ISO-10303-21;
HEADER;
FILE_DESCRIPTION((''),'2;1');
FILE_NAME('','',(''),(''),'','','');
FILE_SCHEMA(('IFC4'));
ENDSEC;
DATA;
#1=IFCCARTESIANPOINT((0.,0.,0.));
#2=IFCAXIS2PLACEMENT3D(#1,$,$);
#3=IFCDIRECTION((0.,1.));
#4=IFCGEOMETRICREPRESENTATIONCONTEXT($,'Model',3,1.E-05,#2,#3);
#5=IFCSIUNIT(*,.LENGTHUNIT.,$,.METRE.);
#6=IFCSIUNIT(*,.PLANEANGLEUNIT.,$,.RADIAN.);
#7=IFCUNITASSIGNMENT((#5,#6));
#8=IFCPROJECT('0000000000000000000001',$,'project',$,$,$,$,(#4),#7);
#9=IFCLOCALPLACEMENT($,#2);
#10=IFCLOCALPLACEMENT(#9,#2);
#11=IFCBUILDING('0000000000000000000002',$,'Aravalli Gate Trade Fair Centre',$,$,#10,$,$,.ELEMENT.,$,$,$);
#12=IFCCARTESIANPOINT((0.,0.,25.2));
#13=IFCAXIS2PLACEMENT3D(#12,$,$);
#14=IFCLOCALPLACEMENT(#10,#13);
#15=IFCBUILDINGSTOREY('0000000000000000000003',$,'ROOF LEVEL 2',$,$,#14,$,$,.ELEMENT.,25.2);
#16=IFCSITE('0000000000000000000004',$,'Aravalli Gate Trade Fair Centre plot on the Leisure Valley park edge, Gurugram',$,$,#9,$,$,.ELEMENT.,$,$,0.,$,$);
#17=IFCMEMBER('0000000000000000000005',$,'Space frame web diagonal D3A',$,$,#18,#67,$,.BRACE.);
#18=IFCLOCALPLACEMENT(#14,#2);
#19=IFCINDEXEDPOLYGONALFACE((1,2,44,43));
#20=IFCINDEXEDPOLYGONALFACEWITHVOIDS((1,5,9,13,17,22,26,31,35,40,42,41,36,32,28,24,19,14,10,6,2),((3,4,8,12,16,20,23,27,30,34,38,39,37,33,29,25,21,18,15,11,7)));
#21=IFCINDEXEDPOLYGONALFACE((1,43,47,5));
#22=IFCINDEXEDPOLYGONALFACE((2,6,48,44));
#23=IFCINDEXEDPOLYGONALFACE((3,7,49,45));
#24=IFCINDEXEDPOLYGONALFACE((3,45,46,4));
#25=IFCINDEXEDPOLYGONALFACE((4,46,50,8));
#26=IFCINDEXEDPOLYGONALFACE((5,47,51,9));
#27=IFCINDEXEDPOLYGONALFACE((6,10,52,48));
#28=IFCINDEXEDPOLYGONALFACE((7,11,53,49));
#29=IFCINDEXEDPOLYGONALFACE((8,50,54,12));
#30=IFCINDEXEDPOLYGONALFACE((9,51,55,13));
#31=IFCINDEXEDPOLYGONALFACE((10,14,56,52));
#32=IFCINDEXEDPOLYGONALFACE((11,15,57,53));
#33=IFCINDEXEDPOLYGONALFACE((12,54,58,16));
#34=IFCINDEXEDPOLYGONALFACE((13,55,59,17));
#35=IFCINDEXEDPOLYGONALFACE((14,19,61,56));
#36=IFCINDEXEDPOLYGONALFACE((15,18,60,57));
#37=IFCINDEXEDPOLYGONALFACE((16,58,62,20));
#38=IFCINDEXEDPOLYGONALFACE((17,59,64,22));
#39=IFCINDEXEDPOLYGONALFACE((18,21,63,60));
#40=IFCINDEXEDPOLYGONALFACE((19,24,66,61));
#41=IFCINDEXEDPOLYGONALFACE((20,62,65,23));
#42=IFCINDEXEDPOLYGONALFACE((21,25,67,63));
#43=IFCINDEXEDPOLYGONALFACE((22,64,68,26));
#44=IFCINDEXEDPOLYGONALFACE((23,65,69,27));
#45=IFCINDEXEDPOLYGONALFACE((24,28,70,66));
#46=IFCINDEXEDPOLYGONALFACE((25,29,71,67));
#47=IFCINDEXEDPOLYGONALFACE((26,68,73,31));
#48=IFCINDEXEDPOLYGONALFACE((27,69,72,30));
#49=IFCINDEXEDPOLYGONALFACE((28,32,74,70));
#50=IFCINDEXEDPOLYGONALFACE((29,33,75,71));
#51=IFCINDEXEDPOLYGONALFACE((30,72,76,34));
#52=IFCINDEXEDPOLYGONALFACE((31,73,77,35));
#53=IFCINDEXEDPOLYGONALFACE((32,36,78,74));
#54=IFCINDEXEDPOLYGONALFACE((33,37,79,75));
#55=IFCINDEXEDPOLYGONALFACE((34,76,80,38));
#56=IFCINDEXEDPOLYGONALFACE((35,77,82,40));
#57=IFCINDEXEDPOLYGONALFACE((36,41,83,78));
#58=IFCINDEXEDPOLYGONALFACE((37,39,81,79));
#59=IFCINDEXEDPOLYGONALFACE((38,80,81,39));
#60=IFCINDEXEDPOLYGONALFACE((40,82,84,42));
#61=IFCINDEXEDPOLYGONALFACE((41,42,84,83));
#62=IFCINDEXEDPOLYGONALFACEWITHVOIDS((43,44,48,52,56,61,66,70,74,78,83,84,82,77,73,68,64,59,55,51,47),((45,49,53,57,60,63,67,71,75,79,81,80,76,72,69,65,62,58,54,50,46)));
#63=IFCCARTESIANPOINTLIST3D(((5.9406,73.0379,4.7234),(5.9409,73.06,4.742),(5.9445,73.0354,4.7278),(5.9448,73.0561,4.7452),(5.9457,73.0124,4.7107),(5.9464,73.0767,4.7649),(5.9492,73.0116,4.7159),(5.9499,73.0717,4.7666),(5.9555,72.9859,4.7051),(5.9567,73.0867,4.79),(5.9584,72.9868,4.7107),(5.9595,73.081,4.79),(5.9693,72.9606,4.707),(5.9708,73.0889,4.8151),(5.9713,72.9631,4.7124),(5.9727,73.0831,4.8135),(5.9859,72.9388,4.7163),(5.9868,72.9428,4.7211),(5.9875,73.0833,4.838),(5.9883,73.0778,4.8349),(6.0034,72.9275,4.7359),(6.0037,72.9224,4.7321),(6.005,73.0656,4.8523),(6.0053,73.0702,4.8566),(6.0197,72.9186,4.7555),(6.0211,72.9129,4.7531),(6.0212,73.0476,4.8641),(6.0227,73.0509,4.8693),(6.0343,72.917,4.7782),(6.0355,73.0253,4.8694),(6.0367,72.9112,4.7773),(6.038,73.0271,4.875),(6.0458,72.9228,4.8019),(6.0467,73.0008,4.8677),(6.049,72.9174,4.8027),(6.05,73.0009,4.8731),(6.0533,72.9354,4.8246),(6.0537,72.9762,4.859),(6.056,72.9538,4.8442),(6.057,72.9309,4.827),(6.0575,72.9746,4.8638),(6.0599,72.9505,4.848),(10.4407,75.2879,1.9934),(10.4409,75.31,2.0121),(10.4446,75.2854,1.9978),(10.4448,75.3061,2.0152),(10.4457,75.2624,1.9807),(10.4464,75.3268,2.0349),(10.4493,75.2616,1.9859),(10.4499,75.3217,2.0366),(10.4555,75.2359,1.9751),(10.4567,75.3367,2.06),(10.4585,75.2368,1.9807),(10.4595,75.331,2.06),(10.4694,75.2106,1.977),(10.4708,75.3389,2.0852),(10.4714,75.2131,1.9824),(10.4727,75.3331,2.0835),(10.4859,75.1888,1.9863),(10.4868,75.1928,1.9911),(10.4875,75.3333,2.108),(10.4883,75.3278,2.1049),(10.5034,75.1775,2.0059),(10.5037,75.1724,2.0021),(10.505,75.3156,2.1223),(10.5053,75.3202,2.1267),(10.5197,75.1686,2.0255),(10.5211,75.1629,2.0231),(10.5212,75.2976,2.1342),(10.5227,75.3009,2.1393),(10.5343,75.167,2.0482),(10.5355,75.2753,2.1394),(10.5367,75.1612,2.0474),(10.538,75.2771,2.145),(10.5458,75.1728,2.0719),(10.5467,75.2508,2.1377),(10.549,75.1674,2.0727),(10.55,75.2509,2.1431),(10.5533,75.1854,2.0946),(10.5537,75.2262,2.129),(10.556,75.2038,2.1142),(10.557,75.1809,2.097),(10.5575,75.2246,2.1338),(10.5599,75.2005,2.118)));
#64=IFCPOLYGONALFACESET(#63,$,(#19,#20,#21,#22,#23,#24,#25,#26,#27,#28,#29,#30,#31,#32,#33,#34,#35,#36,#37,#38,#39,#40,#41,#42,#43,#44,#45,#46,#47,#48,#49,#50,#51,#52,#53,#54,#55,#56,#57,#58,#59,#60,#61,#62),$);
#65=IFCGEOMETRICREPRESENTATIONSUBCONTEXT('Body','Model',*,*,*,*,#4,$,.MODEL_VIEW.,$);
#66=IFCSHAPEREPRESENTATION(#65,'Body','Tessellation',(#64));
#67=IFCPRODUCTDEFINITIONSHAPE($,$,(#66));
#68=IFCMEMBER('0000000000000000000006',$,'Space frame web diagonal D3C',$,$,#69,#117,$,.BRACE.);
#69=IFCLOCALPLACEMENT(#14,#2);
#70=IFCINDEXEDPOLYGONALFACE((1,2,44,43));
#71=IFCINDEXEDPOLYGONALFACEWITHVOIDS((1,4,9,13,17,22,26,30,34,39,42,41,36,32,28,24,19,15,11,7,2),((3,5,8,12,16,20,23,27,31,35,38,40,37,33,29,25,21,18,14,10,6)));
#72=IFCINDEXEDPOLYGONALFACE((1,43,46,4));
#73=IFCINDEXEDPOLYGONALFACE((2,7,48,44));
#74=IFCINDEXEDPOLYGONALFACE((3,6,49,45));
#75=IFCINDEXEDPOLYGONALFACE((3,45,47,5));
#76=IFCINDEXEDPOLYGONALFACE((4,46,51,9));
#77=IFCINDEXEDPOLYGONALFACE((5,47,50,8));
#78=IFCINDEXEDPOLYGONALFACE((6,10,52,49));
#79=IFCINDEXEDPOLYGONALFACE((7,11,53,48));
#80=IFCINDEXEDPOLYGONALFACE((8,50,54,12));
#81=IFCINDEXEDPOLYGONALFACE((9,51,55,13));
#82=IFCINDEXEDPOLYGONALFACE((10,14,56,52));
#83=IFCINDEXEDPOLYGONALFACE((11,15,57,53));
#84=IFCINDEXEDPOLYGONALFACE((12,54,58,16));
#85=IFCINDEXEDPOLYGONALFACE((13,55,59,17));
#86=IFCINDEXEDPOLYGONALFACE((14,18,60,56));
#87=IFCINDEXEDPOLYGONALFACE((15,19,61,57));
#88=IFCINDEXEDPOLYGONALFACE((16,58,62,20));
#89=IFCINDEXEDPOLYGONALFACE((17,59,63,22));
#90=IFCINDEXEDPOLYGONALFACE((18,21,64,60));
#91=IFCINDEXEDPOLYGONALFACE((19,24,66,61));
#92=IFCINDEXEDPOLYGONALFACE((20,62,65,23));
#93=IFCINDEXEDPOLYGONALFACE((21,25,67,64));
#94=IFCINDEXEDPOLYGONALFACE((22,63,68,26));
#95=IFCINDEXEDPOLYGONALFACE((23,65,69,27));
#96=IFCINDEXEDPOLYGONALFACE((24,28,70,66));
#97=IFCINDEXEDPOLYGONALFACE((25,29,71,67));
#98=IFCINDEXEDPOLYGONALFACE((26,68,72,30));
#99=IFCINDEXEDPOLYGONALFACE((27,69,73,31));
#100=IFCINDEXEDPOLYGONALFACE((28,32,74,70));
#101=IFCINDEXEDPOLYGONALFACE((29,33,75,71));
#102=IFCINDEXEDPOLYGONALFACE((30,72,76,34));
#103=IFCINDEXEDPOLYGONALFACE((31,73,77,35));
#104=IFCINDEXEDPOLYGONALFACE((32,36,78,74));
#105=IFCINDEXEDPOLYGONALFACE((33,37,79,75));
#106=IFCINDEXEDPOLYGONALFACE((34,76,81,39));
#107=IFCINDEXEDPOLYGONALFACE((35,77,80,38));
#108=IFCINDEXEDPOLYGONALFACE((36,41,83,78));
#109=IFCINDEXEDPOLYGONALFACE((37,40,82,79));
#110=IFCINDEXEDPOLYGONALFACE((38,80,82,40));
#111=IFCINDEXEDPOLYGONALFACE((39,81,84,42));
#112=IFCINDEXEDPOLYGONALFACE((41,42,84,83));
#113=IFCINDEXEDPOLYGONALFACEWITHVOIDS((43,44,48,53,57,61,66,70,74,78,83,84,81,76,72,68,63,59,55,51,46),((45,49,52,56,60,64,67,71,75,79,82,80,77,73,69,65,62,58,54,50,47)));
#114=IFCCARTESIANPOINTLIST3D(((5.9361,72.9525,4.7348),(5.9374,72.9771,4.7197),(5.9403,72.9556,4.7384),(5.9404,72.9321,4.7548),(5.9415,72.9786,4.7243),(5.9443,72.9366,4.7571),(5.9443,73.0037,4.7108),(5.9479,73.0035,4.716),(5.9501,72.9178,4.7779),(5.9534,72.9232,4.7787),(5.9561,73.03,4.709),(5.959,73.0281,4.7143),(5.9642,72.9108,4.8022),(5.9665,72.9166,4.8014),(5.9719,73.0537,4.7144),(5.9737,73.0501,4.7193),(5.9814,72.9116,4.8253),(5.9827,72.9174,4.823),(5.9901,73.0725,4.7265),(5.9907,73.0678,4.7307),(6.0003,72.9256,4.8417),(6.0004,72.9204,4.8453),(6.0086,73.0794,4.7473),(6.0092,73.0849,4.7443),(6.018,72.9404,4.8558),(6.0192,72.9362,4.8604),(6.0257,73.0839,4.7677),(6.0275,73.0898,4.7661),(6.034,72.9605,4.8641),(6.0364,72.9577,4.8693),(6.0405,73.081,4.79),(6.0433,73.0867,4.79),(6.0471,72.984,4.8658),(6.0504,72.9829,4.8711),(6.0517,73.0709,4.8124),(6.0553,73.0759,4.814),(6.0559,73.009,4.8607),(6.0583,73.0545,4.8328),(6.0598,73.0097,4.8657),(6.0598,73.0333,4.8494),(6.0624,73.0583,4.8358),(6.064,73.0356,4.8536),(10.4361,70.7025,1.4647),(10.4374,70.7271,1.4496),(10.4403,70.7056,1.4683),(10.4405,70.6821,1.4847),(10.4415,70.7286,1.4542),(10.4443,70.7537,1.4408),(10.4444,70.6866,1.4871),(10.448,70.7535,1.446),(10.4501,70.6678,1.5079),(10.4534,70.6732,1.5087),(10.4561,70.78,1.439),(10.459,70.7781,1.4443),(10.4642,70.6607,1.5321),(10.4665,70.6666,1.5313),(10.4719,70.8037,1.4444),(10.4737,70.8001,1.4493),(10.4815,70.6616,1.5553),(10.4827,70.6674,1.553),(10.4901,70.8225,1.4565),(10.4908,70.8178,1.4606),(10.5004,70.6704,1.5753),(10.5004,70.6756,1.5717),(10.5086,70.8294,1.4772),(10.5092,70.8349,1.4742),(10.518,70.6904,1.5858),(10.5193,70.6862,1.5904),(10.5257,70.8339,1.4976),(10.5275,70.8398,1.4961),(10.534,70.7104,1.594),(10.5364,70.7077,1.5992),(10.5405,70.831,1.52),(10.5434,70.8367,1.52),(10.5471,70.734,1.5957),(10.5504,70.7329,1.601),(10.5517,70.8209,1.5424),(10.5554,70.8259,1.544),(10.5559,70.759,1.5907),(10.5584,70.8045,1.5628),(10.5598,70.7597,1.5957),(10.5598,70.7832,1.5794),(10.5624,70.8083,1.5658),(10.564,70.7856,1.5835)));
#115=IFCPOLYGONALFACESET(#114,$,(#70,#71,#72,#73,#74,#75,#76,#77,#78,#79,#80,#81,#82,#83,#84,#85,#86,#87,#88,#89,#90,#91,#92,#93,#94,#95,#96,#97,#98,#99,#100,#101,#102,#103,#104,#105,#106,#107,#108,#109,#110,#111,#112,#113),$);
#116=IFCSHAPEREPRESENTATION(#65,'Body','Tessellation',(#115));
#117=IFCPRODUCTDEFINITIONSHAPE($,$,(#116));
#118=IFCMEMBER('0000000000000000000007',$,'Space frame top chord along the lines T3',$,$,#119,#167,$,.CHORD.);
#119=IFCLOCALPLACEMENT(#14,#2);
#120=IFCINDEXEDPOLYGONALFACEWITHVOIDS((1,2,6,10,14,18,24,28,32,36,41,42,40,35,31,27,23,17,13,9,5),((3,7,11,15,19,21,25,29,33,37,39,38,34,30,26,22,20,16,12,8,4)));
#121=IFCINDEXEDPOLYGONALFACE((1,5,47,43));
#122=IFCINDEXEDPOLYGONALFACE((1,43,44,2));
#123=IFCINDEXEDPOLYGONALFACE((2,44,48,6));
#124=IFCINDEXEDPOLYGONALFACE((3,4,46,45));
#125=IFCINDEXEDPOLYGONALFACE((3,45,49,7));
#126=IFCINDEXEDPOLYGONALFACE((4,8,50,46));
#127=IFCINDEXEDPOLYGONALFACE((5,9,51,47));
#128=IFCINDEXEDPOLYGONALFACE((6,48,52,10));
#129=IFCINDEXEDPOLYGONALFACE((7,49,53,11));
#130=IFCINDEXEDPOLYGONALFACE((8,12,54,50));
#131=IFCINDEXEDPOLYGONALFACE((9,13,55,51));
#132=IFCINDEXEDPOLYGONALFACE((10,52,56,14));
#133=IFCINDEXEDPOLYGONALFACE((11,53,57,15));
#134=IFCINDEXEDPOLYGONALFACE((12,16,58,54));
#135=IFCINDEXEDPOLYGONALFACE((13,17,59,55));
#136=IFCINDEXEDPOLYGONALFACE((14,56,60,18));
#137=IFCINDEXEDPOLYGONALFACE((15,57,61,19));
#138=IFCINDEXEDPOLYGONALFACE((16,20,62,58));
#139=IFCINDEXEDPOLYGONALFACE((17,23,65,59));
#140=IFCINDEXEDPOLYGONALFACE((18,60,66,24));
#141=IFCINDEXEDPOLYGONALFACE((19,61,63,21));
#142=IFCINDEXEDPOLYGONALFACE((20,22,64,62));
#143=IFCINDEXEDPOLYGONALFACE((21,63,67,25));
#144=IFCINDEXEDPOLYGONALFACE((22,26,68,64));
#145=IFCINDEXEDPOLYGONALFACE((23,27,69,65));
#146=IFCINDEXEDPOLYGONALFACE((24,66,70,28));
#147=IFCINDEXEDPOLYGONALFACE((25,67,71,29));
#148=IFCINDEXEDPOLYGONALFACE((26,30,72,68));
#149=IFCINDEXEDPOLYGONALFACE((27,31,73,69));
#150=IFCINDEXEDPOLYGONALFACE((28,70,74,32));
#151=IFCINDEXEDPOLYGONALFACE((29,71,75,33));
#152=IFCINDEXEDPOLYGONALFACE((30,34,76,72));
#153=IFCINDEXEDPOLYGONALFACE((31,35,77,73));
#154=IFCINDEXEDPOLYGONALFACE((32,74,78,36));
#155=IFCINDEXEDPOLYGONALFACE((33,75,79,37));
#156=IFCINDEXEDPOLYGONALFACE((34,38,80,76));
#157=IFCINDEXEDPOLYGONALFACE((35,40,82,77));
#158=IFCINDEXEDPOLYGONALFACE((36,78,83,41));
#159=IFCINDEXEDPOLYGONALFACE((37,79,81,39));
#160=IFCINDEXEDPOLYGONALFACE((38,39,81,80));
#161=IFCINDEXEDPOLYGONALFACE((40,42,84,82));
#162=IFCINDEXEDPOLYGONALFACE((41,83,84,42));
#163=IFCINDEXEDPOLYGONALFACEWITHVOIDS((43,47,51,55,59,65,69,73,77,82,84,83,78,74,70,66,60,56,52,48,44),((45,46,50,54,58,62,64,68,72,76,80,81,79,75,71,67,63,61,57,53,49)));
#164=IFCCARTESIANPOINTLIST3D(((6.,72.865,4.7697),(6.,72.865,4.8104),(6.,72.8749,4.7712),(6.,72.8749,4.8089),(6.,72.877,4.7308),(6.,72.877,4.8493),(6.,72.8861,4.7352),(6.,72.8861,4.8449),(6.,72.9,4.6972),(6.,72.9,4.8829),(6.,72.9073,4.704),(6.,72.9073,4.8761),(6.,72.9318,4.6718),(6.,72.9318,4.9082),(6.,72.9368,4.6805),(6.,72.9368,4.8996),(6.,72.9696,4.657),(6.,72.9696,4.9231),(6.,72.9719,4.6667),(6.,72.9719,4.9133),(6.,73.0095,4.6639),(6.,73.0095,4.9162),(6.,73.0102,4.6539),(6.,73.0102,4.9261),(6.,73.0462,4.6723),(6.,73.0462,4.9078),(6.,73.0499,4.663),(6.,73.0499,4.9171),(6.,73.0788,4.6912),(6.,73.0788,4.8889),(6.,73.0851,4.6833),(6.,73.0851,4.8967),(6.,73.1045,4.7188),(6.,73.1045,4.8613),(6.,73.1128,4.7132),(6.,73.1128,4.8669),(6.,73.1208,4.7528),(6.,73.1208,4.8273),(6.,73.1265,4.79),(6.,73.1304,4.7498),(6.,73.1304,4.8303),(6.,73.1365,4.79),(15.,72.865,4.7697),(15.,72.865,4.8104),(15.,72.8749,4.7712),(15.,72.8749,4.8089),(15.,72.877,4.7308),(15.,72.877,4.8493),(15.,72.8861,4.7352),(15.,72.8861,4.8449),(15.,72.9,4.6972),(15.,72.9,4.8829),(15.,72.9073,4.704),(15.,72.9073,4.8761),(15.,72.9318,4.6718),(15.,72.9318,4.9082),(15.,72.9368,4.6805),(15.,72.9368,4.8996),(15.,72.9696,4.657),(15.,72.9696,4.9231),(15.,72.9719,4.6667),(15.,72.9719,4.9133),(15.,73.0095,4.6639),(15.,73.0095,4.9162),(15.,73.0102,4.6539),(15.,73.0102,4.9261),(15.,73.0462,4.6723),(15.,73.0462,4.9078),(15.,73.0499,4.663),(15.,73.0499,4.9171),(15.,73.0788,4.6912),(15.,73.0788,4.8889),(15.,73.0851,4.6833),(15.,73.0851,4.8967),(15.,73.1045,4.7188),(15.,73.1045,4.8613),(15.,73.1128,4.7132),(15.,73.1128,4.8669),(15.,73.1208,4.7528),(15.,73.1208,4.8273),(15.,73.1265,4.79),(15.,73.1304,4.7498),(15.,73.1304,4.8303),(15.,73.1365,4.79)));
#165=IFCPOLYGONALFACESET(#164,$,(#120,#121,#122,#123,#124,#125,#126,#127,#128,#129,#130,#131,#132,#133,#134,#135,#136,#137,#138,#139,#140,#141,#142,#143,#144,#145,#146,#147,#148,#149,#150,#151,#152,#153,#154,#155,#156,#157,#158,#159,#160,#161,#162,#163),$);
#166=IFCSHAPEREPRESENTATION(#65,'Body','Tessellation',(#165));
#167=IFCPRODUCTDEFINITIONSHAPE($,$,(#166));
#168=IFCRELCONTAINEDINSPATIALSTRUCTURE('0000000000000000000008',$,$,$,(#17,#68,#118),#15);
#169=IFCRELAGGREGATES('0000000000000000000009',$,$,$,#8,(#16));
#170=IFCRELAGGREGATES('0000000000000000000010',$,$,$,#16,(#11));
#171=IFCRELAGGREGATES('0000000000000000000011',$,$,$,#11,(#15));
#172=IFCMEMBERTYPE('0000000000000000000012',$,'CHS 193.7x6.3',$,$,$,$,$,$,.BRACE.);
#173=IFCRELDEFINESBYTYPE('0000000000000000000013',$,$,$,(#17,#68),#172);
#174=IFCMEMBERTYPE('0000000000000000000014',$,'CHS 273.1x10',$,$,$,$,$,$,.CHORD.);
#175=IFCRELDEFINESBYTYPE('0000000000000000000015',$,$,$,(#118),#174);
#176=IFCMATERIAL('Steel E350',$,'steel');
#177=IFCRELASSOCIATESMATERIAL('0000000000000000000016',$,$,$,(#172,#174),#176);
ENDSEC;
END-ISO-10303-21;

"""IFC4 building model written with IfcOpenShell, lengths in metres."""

from ifc_helpers import new_model, si_unit, direction, frame, origin, origin_2d, place, context, subcontext, project, spatial, hollow_circle, extrude, material, material_profile, profile_set, type_object, element, save


model = new_model("IFC4")

# Units and contexts
model_context = context("Model", 3, precision=1e-05, world=origin(), true_north=direction((0.0, 1.0)))
body_context = subcontext(model_context, "Body", "Model", "MODEL_VIEW")
ifc_project = project(units=[si_unit("LENGTHUNIT", "METRE"), si_unit("PLANEANGLEUNIT", "RADIAN")], contexts=[model_context])

# Site, building, storey
site_placement = place(None, origin())
site = spatial("IfcSite", under=ifc_project, at=site_placement, Name="Aravalli Gate Trade Fair Centre plot on the Leisure Valley park edge, Gurugram", CompositionType="ELEMENT", RefElevation=0.0)
building_placement = place(site_placement, origin())
building = spatial("IfcBuilding", under=site, at=building_placement, Name="Aravalli Gate Trade Fair Centre", CompositionType="ELEMENT")
storey_placement = place(building_placement, frame((0.0, 0.0, 25.2)))
storey = spatial("IfcBuildingStorey", under=building, at=storey_placement, Name="ROOF LEVEL 2", CompositionType="ELEMENT", Elevation=25.2)

# Members
ifc_material_1 = material(Name="Steel E350", Category="steel")
ifc_material_profile_1 = material_profile(ifc_material_1, hollow_circle(Radius=0.0969, WallThickness=0.0063, at=origin_2d()), Name="CHS 193.7x6.3")
ifc_profile_set_1 = profile_set([ifc_material_profile_1], Name="Steel E350")
member_type_1 = type_object("IfcMemberType", Name="CHS 193.7x6.3", PredefinedType="BRACE", material=ifc_profile_set_1)
member_1_placement = place(storey_placement, frame((6.0, 73.0, 4.79), z_axis=(0.78615, 0.393075, -0.476928), x_axis=(-0.447214, 0.894427, 0.0)))
element("IfcMember", 1, at=member_1_placement, inside=storey, type_object=member_type_1, Name="Space frame web diagonal D3A", PredefinedType="BRACE", context=body_context, shape_type="SweptSolid", body=[
    extrude(hollow_circle(Radius=0.0969, WallThickness=0.0063, at=origin_2d()), origin(), (0.0, 0.0, 1.0), 5.7241),
])
member_2_placement = place(storey_placement, frame((6.0, 73.0, 4.79), z_axis=(0.749942, -0.374971, -0.544961), x_axis=(0.447214, 0.894427, 0.0)))
element("IfcMember", 2, at=member_2_placement, inside=storey, type_object=member_type_1, Name="Space frame web diagonal D3C", PredefinedType="BRACE", context=body_context, shape_type="SweptSolid", body=[
    extrude(hollow_circle(Radius=0.0969, WallThickness=0.0063, at=origin_2d()), origin(), (0.0, 0.0, 1.0), 6.0005),
])
ifc_material_profile_2 = material_profile(ifc_material_1, hollow_circle(Radius=0.1365, WallThickness=0.01, at=origin_2d()), Name="CHS 273.1x10")
ifc_profile_set_2 = profile_set([ifc_material_profile_2], Name="Steel E350")
member_type_2 = type_object("IfcMemberType", Name="CHS 273.1x10", PredefinedType="CHORD", material=ifc_profile_set_2)
member_3_placement = place(storey_placement, frame((6.0, 73.0, 4.79), z_axis=(1.0, 0.0, 0.0), x_axis=(0.0, 1.0, 0.0)))
element("IfcMember", 3, at=member_3_placement, inside=storey, type_object=member_type_2, Name="Space frame top chord along the lines T3", PredefinedType="CHORD", context=body_context, shape_type="SweptSolid", body=[
    extrude(hollow_circle(Radius=0.1365, WallThickness=0.01, at=origin_2d()), origin(), (0.0, 0.0, 1.0), 9.0),
])

save(model, "model.ifc")
